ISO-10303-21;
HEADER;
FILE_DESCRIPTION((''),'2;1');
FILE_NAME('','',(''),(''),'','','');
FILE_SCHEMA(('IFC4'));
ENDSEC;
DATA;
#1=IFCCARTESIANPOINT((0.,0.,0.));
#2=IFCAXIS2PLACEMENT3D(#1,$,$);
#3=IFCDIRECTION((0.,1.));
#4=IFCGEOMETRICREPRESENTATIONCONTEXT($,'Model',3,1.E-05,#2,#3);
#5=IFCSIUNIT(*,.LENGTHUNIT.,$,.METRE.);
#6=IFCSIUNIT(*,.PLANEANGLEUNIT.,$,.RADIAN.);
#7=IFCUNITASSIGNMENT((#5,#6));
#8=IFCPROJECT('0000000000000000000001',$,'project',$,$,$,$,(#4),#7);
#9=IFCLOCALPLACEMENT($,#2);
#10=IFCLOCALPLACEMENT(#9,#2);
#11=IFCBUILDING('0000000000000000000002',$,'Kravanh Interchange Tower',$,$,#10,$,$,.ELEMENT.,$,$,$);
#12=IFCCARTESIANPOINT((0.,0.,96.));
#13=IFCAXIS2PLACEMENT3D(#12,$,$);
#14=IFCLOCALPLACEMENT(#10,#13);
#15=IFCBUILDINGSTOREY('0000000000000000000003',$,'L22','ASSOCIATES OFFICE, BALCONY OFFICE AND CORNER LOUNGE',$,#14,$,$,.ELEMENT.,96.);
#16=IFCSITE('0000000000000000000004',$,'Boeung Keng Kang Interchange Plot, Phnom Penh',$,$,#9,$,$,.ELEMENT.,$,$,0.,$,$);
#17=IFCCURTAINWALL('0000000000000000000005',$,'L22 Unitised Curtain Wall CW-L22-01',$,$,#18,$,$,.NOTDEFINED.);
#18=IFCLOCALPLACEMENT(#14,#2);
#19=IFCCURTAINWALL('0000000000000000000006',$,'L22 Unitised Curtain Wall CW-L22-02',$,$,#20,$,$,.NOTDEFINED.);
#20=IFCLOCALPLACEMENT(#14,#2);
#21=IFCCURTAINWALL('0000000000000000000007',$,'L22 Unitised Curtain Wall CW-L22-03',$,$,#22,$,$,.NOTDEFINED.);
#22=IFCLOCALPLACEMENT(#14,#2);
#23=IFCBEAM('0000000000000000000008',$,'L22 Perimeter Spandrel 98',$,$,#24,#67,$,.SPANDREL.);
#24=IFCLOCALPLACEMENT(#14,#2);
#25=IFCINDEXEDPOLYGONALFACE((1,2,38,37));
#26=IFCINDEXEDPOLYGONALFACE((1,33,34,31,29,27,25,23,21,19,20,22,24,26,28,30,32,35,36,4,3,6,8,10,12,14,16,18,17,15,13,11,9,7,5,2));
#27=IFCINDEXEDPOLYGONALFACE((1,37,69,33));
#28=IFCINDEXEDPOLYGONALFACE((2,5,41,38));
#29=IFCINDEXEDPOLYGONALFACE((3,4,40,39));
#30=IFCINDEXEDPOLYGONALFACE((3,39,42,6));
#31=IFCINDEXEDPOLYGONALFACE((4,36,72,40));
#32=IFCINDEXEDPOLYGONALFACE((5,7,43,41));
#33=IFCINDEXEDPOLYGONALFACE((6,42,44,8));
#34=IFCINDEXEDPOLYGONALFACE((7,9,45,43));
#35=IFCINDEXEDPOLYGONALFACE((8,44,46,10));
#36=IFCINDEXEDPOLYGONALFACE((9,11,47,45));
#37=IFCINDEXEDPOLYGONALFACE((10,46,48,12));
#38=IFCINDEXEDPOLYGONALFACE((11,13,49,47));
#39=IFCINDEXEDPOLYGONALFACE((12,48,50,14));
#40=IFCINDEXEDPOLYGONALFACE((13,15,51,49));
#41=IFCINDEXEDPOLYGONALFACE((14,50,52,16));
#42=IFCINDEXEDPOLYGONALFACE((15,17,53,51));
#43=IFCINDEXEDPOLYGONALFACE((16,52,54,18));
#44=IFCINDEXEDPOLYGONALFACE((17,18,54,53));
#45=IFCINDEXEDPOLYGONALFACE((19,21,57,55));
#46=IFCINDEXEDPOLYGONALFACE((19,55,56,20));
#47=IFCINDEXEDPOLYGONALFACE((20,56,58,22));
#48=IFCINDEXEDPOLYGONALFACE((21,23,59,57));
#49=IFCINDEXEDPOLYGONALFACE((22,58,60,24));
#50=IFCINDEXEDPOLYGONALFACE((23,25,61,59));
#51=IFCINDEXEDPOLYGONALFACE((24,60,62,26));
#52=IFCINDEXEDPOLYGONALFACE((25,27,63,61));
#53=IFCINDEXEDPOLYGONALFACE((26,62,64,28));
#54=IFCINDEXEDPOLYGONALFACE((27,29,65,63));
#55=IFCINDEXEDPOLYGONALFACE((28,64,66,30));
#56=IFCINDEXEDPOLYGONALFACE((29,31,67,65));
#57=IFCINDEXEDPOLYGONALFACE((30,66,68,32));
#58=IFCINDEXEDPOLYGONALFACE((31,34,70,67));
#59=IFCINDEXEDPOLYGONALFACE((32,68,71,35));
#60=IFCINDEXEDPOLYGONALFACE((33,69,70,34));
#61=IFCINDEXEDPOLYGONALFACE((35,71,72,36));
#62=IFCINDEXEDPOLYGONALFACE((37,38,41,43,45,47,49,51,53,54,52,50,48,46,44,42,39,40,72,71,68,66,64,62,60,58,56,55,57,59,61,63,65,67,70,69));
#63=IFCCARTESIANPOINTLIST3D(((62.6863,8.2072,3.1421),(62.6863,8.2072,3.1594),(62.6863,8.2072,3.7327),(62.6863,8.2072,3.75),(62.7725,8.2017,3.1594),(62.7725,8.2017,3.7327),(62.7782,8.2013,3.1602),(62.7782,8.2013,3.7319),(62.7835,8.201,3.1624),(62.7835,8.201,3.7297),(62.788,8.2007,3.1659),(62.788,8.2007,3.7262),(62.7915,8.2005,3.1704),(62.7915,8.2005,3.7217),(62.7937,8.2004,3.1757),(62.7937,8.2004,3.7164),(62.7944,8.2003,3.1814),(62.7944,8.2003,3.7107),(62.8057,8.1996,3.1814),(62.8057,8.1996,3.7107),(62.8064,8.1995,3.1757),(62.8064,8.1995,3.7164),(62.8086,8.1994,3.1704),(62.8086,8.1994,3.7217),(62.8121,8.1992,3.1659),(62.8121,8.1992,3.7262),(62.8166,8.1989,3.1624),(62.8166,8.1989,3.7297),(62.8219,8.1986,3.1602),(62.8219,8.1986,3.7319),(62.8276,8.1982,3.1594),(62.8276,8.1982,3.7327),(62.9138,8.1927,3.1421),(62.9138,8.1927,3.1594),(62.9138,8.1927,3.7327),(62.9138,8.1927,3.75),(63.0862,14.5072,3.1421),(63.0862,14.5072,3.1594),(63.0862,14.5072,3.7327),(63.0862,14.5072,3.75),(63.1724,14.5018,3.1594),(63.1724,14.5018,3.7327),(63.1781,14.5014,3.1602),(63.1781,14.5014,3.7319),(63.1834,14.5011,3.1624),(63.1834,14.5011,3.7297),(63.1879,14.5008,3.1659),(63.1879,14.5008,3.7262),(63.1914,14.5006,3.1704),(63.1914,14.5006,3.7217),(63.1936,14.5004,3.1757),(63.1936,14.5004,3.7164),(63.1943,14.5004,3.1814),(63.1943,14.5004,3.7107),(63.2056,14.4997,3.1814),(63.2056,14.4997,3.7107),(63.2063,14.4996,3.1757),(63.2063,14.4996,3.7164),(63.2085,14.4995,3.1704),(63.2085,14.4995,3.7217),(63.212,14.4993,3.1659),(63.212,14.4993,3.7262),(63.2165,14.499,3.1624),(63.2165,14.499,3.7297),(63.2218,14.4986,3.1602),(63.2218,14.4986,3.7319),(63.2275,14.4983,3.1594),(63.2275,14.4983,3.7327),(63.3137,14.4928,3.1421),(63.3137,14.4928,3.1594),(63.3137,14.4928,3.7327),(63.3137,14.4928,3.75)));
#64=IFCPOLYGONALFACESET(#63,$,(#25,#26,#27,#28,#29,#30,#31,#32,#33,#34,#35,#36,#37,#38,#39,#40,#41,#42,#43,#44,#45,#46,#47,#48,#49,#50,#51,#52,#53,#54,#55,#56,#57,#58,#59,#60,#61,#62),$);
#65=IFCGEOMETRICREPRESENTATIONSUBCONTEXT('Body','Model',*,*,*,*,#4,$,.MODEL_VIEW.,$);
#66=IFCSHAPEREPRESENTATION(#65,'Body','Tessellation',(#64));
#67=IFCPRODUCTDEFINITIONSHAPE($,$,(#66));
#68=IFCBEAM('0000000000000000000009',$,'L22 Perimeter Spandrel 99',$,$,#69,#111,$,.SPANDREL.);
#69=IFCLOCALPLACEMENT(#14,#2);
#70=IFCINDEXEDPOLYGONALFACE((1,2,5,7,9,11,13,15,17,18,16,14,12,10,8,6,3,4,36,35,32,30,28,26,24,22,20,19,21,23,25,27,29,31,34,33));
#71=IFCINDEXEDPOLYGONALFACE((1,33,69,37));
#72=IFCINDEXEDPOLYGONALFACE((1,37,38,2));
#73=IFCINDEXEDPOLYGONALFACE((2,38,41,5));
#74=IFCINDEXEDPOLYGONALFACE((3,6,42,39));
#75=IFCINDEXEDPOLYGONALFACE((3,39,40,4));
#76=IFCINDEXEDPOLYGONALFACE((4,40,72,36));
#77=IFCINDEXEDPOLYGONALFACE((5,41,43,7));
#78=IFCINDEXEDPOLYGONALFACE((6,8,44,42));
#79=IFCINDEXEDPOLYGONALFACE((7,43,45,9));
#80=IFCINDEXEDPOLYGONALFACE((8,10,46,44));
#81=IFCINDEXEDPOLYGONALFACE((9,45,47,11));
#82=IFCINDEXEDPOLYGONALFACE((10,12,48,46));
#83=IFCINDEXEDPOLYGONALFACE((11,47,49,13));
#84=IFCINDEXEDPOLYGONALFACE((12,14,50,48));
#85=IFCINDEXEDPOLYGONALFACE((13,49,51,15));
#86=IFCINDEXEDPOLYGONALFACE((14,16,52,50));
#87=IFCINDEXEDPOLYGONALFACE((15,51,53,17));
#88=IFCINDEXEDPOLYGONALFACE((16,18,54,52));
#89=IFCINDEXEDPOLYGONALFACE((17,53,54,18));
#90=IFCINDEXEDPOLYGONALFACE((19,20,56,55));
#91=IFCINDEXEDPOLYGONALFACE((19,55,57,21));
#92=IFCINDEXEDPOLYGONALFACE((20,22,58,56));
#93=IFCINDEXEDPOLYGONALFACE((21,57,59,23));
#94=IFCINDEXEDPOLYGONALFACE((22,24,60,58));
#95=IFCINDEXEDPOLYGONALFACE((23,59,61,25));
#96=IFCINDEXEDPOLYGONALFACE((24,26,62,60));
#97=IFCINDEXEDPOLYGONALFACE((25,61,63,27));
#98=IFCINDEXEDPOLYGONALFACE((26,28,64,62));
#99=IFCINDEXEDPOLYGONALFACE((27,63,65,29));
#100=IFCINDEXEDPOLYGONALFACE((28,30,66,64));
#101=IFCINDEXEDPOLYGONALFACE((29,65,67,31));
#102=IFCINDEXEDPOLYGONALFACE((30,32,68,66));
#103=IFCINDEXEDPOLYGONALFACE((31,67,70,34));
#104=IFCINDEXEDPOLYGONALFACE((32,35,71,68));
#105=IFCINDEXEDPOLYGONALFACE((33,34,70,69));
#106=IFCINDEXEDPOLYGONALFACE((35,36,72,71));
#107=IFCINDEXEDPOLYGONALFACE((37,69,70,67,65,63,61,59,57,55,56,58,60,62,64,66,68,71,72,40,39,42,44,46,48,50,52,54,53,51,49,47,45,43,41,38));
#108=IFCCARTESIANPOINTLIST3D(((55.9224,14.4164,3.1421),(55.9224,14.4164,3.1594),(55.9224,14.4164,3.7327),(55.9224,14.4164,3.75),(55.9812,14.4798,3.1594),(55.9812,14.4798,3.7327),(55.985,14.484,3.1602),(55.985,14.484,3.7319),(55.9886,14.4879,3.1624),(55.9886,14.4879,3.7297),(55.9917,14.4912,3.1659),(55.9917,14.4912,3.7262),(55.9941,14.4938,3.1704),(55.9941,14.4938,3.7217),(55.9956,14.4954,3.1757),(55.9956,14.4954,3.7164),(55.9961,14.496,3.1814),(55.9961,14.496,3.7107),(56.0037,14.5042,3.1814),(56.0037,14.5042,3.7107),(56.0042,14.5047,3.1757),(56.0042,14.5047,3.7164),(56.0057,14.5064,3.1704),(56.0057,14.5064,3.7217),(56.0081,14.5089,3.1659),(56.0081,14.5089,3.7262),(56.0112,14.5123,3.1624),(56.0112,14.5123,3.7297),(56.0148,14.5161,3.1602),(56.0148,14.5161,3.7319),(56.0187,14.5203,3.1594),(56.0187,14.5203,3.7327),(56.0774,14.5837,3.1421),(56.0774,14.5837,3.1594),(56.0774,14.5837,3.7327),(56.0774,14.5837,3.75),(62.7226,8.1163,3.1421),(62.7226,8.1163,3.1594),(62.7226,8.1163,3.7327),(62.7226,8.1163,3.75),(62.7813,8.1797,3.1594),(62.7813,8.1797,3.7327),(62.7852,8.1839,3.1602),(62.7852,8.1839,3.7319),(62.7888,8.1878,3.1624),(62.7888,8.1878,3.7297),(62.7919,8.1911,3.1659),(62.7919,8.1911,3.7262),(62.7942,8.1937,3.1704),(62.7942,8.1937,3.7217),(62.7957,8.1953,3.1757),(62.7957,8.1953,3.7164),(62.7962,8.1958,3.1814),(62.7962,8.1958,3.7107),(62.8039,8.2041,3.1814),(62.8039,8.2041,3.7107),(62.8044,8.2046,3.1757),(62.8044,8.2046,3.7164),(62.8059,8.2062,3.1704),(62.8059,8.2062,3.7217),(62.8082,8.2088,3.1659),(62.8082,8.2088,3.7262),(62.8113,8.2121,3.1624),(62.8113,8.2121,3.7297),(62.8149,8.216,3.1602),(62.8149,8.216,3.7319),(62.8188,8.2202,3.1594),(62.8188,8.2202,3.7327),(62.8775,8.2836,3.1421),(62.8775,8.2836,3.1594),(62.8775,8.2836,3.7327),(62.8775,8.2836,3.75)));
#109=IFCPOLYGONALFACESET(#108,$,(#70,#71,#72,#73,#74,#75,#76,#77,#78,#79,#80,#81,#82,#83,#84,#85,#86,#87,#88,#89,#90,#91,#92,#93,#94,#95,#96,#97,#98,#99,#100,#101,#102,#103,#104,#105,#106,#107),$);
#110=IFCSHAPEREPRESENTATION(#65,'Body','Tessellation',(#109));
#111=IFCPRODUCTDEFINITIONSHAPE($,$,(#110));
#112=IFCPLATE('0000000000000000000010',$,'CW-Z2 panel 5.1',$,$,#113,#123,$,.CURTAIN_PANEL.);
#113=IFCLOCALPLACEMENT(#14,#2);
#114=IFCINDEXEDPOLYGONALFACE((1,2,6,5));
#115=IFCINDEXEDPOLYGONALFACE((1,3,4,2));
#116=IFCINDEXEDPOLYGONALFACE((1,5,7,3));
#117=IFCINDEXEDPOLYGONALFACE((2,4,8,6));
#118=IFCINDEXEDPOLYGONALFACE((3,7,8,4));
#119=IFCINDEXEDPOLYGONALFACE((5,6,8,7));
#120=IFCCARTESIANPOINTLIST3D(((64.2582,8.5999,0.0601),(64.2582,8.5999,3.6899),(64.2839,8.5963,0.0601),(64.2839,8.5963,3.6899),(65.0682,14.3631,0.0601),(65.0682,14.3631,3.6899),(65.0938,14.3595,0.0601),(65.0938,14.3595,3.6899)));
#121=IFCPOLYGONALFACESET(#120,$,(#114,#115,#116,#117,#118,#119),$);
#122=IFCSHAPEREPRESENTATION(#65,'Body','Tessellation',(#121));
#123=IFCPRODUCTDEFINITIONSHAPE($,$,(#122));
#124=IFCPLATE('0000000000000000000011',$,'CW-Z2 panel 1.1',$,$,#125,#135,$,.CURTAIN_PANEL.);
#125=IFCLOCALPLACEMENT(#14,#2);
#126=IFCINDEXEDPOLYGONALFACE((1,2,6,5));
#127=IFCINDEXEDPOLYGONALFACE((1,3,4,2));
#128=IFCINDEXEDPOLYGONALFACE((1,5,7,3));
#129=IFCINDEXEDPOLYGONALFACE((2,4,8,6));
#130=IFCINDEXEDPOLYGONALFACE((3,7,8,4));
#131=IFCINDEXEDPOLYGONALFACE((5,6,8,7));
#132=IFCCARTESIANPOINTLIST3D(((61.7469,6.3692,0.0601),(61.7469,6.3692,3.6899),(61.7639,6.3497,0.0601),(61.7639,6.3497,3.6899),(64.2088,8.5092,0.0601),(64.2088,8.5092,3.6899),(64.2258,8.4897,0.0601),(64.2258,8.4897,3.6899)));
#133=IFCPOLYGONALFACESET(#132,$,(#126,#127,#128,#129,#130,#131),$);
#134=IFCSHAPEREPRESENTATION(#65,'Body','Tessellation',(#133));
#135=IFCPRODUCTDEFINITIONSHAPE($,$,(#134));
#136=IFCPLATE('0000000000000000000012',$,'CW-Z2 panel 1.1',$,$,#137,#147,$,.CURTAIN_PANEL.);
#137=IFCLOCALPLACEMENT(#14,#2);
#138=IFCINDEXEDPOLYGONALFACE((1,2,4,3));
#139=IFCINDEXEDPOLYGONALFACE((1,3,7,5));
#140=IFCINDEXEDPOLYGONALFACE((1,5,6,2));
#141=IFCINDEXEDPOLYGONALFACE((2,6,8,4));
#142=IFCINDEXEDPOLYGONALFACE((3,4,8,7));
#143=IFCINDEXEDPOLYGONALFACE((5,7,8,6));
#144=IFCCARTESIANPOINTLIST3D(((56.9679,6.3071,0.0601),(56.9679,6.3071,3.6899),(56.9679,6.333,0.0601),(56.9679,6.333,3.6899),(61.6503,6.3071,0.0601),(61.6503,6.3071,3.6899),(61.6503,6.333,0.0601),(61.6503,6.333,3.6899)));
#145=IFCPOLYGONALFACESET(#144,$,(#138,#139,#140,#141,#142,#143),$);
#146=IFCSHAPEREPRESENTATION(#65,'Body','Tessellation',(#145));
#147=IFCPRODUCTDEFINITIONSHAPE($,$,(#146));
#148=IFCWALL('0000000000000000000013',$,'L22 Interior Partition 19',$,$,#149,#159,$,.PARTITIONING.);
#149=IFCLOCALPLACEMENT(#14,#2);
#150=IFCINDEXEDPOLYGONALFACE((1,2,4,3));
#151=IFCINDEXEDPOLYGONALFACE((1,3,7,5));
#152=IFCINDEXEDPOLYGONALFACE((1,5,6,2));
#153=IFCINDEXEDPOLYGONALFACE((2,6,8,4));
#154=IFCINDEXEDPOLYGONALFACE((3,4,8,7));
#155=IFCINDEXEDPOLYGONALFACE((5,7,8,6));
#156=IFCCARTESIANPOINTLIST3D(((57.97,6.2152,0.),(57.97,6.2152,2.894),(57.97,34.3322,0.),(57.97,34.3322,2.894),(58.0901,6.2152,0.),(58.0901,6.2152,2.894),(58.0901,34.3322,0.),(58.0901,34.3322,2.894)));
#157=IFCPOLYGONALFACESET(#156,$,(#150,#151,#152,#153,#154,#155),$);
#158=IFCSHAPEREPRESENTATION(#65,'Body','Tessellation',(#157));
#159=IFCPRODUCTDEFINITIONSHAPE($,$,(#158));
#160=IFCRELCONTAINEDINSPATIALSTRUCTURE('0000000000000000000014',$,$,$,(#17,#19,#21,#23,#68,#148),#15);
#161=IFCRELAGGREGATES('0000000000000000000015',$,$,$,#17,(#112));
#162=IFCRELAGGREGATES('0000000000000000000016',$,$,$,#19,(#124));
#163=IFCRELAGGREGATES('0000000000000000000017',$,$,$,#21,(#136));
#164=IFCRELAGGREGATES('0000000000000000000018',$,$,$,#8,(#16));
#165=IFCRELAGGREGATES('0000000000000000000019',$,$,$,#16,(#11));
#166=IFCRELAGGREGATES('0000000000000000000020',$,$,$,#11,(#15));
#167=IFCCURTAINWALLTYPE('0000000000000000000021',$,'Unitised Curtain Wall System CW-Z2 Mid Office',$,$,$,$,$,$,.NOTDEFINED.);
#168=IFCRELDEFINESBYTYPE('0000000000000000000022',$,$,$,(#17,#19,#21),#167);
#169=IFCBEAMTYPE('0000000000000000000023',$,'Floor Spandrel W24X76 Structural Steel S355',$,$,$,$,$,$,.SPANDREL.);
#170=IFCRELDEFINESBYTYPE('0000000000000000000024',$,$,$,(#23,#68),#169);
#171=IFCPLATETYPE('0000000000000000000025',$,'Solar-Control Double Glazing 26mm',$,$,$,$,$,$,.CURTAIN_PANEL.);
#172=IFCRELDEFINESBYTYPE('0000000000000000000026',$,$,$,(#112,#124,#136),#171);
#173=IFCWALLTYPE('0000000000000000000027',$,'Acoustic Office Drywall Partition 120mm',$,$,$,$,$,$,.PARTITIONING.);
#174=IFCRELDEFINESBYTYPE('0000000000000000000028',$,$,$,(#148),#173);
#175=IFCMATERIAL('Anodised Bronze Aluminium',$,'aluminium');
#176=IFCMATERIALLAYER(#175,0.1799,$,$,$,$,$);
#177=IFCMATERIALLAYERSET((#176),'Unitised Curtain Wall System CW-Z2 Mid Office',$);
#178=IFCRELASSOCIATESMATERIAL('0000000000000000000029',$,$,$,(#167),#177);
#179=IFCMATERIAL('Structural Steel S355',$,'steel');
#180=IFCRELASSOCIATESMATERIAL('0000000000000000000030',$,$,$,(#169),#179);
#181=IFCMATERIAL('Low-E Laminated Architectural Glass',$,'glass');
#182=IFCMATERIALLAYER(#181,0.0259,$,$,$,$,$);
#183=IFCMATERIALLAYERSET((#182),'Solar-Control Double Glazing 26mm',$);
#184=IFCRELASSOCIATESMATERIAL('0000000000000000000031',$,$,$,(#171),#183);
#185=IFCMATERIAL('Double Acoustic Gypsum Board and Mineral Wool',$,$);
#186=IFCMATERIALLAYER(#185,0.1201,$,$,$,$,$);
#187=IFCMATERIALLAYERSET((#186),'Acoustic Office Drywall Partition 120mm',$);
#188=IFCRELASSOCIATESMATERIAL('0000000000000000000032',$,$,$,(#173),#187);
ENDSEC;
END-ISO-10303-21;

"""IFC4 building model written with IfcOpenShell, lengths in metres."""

from ifc_helpers import new_model, si_unit, direction, frame, frame_2d, origin, origin_2d, place, context, subcontext, project, spatial, rectangle, i_section, extrude, material, layer, layer_set, material_profile, profile_set, type_object, element, aggregate, save


model = new_model("IFC4")

# Units and contexts
model_context = context("Model", 3, precision=1e-05, world=origin(), true_north=direction((0.0, 1.0)))
body_context = subcontext(model_context, "Body", "Model", "MODEL_VIEW")
ifc_project = project(units=[si_unit("LENGTHUNIT", "METRE"), si_unit("PLANEANGLEUNIT", "RADIAN")], contexts=[model_context])

# Site, building, storey
site_placement = place(None, origin())
site = spatial("IfcSite", under=ifc_project, at=site_placement, Name="Boeung Keng Kang Interchange Plot, Phnom Penh", CompositionType="ELEMENT", RefElevation=0.0)
building_placement = place(site_placement, origin())
building = spatial("IfcBuilding", under=site, at=building_placement, Name="Kravanh Interchange Tower", CompositionType="ELEMENT")
storey_placement = place(building_placement, frame((0.0, 0.0, 96.0)))
storey = spatial("IfcBuildingStorey", under=building, at=storey_placement, Name="L22", Description="ASSOCIATES OFFICE, BALCONY OFFICE AND CORNER LOUNGE", CompositionType="ELEMENT", Elevation=96.0)

# Curtain wall
ifc_material_1 = material(Name="Anodised Bronze Aluminium", Category="aluminium")
ifc_layer_1 = layer(ifc_material_1, 0.1799)
ifc_layer_set_1 = layer_set([ifc_layer_1], Name="Unitised Curtain Wall System CW-Z2 Mid Office")
curtain_wall_type = type_object("IfcCurtainWallType", Name="Unitised Curtain Wall System CW-Z2 Mid Office", PredefinedType="NOTDEFINED", material=ifc_layer_set_1)
curtain_wall_1_placement = place(storey_placement, origin())
curtain_wall_1 = element("IfcCurtainWall", 1, at=curtain_wall_1_placement, inside=storey, type_object=curtain_wall_type, Name="L22 Unitised Curtain Wall CW-L22-01", PredefinedType="NOTDEFINED")

# Curtain walls
curtain_wall_2_placement = place(storey_placement, origin())
curtain_wall_2 = element("IfcCurtainWall", 2, at=curtain_wall_2_placement, inside=storey, type_object=curtain_wall_type, Name="L22 Unitised Curtain Wall CW-L22-02", PredefinedType="NOTDEFINED")
curtain_wall_3_placement = place(storey_placement, origin())
curtain_wall_3 = element("IfcCurtainWall", 3, at=curtain_wall_3_placement, inside=storey, type_object=curtain_wall_type, Name="L22 Unitised Curtain Wall CW-L22-03", PredefinedType="NOTDEFINED")

# Beams
ifc_material_2 = material(Name="Structural Steel S355", Category="steel")
ifc_material_profile_1 = material_profile(ifc_material_2, i_section(OverallWidth=0.228, OverallDepth=0.6079, WebThickness=0.0112, FlangeThickness=0.0173, FilletRadius=0.022, at=origin_2d()), Name="W24X76")
ifc_profile_set_1 = profile_set([ifc_material_profile_1], Name="Structural Steel S355")
beam_type_1 = type_object("IfcBeamType", Name="Floor Spandrel W24X76 Structural Steel S355", PredefinedType="SPANDREL", material=ifc_profile_set_1)
beam_1_placement = place(storey_placement, frame((62.8, 8.2, 3.446), z_axis=(0.063349, 0.997991, 0.0), x_axis=(-0.997991, 0.063349, 0.0)))
element("IfcBeam", 4, at=beam_1_placement, inside=storey, type_object=beam_type_1, Name="L22 Perimeter Spandrel 98", PredefinedType="SPANDREL", context=body_context, shape_type="SweptSolid", body=[
    extrude(i_section(OverallWidth=0.228, OverallDepth=0.6079, WebThickness=0.0112, FlangeThickness=0.0173, FilletRadius=0.022, at=origin_2d()), origin(), (0.0, 0.0, 1.0), 6.3127),
])
beam_2_placement = place(storey_placement, frame((62.8, 8.2, 3.446), z_axis=(-0.733561, 0.679623, 0.0), x_axis=(-0.679623, -0.733561, 0.0)))
element("IfcBeam", 5, at=beam_2_placement, inside=storey, type_object=beam_type_1, Name="L22 Perimeter Spandrel 99", PredefinedType="SPANDREL", context=body_context, shape_type="SweptSolid", body=[
    extrude(i_section(OverallWidth=0.228, OverallDepth=0.6079, WebThickness=0.0112, FlangeThickness=0.0173, FilletRadius=0.022, at=origin_2d()), origin(), (0.0, 0.0, 1.0), 9.27),
])

# Plates
ifc_material_3 = material(Name="Low-E Laminated Architectural Glass", Category="glass")
ifc_layer_2 = layer(ifc_material_3, 0.0259)
ifc_layer_set_2 = layer_set([ifc_layer_2], Name="Solar-Control Double Glazing 26mm")
plate_type = type_object("IfcPlateType", Name="Solar-Control Double Glazing 26mm", PredefinedType="CURTAIN_PANEL", material=ifc_layer_set_2)
plate_1_placement = place(storey_placement, frame((64.676, 11.4797, 0.0601), z_axis=(0.0, 0.0, 1.0), x_axis=(-0.139173, -0.990268, 0.0)))
plate_1 = element("IfcPlate", 6, at=plate_1_placement, type_object=plate_type, Name="CW-Z2 panel 5.1", PredefinedType="CURTAIN_PANEL", context=body_context, shape_type="SweptSolid", body=[
    extrude(rectangle(XDim=5.8198, YDim=0.0259, at=origin_2d()), origin(), (0.0, 0.0, 1.0), 3.6299),
])
aggregate(curtain_wall_1, [plate_1])
plate_2_placement = place(storey_placement, frame((62.9863, 7.4294, 0.0601), z_axis=(0.0, 0.0, 1.0), x_axis=(-0.754719, -0.656048, 0.0)))
plate_2 = element("IfcPlate", 7, at=plate_2_placement, type_object=plate_type, Name="CW-Z2 panel 1.1", PredefinedType="CURTAIN_PANEL", context=body_context, shape_type="SweptSolid", body=[
    extrude(rectangle(XDim=3.262, YDim=0.0259, at=origin_2d()), origin(), (0.0, 0.0, 1.0), 3.6299),
])
aggregate(curtain_wall_2, [plate_2])
plate_3_placement = place(storey_placement, frame((59.3091, 6.3201, 0.0601), z_axis=(0.0, 0.0, 1.0), x_axis=(-1.0, 0.0, 0.0)))
plate_3 = element("IfcPlate", 8, at=plate_3_placement, type_object=plate_type, Name="CW-Z2 panel 1.1", PredefinedType="CURTAIN_PANEL", context=body_context, shape_type="SweptSolid", body=[
    extrude(rectangle(XDim=4.6824, YDim=0.0259, at=origin_2d()), origin(), (0.0, 0.0, 1.0), 3.6299),
])
aggregate(curtain_wall_3, [plate_3])

# Wall
ifc_material_4 = material(Name="Double Acoustic Gypsum Board and Mineral Wool")
ifc_layer_3 = layer(ifc_material_4, 0.1201)
ifc_layer_set_3 = layer_set([ifc_layer_3], Name="Acoustic Office Drywall Partition 120mm")
wall_type = type_object("IfcWallType", Name="Acoustic Office Drywall Partition 120mm", PredefinedType="PARTITIONING", material=ifc_layer_set_3)
wall_placement = place(storey_placement, frame((58.03, 6.2151, 0.0), z_axis=(0.0, 0.0, 1.0), x_axis=(0.0, 1.0, 0.0)))
element("IfcWall", 9, at=wall_placement, inside=storey, type_object=wall_type, Name="L22 Interior Partition 19", PredefinedType="PARTITIONING", context=body_context, shape_type="SweptSolid", body=[
    extrude(rectangle(XDim=28.1169, YDim=0.1201, at=frame_2d((14.0586, 0.0))), origin(), (0.0, 0.0, 1.0), 2.894),
])

save(model, "model.ifc")
